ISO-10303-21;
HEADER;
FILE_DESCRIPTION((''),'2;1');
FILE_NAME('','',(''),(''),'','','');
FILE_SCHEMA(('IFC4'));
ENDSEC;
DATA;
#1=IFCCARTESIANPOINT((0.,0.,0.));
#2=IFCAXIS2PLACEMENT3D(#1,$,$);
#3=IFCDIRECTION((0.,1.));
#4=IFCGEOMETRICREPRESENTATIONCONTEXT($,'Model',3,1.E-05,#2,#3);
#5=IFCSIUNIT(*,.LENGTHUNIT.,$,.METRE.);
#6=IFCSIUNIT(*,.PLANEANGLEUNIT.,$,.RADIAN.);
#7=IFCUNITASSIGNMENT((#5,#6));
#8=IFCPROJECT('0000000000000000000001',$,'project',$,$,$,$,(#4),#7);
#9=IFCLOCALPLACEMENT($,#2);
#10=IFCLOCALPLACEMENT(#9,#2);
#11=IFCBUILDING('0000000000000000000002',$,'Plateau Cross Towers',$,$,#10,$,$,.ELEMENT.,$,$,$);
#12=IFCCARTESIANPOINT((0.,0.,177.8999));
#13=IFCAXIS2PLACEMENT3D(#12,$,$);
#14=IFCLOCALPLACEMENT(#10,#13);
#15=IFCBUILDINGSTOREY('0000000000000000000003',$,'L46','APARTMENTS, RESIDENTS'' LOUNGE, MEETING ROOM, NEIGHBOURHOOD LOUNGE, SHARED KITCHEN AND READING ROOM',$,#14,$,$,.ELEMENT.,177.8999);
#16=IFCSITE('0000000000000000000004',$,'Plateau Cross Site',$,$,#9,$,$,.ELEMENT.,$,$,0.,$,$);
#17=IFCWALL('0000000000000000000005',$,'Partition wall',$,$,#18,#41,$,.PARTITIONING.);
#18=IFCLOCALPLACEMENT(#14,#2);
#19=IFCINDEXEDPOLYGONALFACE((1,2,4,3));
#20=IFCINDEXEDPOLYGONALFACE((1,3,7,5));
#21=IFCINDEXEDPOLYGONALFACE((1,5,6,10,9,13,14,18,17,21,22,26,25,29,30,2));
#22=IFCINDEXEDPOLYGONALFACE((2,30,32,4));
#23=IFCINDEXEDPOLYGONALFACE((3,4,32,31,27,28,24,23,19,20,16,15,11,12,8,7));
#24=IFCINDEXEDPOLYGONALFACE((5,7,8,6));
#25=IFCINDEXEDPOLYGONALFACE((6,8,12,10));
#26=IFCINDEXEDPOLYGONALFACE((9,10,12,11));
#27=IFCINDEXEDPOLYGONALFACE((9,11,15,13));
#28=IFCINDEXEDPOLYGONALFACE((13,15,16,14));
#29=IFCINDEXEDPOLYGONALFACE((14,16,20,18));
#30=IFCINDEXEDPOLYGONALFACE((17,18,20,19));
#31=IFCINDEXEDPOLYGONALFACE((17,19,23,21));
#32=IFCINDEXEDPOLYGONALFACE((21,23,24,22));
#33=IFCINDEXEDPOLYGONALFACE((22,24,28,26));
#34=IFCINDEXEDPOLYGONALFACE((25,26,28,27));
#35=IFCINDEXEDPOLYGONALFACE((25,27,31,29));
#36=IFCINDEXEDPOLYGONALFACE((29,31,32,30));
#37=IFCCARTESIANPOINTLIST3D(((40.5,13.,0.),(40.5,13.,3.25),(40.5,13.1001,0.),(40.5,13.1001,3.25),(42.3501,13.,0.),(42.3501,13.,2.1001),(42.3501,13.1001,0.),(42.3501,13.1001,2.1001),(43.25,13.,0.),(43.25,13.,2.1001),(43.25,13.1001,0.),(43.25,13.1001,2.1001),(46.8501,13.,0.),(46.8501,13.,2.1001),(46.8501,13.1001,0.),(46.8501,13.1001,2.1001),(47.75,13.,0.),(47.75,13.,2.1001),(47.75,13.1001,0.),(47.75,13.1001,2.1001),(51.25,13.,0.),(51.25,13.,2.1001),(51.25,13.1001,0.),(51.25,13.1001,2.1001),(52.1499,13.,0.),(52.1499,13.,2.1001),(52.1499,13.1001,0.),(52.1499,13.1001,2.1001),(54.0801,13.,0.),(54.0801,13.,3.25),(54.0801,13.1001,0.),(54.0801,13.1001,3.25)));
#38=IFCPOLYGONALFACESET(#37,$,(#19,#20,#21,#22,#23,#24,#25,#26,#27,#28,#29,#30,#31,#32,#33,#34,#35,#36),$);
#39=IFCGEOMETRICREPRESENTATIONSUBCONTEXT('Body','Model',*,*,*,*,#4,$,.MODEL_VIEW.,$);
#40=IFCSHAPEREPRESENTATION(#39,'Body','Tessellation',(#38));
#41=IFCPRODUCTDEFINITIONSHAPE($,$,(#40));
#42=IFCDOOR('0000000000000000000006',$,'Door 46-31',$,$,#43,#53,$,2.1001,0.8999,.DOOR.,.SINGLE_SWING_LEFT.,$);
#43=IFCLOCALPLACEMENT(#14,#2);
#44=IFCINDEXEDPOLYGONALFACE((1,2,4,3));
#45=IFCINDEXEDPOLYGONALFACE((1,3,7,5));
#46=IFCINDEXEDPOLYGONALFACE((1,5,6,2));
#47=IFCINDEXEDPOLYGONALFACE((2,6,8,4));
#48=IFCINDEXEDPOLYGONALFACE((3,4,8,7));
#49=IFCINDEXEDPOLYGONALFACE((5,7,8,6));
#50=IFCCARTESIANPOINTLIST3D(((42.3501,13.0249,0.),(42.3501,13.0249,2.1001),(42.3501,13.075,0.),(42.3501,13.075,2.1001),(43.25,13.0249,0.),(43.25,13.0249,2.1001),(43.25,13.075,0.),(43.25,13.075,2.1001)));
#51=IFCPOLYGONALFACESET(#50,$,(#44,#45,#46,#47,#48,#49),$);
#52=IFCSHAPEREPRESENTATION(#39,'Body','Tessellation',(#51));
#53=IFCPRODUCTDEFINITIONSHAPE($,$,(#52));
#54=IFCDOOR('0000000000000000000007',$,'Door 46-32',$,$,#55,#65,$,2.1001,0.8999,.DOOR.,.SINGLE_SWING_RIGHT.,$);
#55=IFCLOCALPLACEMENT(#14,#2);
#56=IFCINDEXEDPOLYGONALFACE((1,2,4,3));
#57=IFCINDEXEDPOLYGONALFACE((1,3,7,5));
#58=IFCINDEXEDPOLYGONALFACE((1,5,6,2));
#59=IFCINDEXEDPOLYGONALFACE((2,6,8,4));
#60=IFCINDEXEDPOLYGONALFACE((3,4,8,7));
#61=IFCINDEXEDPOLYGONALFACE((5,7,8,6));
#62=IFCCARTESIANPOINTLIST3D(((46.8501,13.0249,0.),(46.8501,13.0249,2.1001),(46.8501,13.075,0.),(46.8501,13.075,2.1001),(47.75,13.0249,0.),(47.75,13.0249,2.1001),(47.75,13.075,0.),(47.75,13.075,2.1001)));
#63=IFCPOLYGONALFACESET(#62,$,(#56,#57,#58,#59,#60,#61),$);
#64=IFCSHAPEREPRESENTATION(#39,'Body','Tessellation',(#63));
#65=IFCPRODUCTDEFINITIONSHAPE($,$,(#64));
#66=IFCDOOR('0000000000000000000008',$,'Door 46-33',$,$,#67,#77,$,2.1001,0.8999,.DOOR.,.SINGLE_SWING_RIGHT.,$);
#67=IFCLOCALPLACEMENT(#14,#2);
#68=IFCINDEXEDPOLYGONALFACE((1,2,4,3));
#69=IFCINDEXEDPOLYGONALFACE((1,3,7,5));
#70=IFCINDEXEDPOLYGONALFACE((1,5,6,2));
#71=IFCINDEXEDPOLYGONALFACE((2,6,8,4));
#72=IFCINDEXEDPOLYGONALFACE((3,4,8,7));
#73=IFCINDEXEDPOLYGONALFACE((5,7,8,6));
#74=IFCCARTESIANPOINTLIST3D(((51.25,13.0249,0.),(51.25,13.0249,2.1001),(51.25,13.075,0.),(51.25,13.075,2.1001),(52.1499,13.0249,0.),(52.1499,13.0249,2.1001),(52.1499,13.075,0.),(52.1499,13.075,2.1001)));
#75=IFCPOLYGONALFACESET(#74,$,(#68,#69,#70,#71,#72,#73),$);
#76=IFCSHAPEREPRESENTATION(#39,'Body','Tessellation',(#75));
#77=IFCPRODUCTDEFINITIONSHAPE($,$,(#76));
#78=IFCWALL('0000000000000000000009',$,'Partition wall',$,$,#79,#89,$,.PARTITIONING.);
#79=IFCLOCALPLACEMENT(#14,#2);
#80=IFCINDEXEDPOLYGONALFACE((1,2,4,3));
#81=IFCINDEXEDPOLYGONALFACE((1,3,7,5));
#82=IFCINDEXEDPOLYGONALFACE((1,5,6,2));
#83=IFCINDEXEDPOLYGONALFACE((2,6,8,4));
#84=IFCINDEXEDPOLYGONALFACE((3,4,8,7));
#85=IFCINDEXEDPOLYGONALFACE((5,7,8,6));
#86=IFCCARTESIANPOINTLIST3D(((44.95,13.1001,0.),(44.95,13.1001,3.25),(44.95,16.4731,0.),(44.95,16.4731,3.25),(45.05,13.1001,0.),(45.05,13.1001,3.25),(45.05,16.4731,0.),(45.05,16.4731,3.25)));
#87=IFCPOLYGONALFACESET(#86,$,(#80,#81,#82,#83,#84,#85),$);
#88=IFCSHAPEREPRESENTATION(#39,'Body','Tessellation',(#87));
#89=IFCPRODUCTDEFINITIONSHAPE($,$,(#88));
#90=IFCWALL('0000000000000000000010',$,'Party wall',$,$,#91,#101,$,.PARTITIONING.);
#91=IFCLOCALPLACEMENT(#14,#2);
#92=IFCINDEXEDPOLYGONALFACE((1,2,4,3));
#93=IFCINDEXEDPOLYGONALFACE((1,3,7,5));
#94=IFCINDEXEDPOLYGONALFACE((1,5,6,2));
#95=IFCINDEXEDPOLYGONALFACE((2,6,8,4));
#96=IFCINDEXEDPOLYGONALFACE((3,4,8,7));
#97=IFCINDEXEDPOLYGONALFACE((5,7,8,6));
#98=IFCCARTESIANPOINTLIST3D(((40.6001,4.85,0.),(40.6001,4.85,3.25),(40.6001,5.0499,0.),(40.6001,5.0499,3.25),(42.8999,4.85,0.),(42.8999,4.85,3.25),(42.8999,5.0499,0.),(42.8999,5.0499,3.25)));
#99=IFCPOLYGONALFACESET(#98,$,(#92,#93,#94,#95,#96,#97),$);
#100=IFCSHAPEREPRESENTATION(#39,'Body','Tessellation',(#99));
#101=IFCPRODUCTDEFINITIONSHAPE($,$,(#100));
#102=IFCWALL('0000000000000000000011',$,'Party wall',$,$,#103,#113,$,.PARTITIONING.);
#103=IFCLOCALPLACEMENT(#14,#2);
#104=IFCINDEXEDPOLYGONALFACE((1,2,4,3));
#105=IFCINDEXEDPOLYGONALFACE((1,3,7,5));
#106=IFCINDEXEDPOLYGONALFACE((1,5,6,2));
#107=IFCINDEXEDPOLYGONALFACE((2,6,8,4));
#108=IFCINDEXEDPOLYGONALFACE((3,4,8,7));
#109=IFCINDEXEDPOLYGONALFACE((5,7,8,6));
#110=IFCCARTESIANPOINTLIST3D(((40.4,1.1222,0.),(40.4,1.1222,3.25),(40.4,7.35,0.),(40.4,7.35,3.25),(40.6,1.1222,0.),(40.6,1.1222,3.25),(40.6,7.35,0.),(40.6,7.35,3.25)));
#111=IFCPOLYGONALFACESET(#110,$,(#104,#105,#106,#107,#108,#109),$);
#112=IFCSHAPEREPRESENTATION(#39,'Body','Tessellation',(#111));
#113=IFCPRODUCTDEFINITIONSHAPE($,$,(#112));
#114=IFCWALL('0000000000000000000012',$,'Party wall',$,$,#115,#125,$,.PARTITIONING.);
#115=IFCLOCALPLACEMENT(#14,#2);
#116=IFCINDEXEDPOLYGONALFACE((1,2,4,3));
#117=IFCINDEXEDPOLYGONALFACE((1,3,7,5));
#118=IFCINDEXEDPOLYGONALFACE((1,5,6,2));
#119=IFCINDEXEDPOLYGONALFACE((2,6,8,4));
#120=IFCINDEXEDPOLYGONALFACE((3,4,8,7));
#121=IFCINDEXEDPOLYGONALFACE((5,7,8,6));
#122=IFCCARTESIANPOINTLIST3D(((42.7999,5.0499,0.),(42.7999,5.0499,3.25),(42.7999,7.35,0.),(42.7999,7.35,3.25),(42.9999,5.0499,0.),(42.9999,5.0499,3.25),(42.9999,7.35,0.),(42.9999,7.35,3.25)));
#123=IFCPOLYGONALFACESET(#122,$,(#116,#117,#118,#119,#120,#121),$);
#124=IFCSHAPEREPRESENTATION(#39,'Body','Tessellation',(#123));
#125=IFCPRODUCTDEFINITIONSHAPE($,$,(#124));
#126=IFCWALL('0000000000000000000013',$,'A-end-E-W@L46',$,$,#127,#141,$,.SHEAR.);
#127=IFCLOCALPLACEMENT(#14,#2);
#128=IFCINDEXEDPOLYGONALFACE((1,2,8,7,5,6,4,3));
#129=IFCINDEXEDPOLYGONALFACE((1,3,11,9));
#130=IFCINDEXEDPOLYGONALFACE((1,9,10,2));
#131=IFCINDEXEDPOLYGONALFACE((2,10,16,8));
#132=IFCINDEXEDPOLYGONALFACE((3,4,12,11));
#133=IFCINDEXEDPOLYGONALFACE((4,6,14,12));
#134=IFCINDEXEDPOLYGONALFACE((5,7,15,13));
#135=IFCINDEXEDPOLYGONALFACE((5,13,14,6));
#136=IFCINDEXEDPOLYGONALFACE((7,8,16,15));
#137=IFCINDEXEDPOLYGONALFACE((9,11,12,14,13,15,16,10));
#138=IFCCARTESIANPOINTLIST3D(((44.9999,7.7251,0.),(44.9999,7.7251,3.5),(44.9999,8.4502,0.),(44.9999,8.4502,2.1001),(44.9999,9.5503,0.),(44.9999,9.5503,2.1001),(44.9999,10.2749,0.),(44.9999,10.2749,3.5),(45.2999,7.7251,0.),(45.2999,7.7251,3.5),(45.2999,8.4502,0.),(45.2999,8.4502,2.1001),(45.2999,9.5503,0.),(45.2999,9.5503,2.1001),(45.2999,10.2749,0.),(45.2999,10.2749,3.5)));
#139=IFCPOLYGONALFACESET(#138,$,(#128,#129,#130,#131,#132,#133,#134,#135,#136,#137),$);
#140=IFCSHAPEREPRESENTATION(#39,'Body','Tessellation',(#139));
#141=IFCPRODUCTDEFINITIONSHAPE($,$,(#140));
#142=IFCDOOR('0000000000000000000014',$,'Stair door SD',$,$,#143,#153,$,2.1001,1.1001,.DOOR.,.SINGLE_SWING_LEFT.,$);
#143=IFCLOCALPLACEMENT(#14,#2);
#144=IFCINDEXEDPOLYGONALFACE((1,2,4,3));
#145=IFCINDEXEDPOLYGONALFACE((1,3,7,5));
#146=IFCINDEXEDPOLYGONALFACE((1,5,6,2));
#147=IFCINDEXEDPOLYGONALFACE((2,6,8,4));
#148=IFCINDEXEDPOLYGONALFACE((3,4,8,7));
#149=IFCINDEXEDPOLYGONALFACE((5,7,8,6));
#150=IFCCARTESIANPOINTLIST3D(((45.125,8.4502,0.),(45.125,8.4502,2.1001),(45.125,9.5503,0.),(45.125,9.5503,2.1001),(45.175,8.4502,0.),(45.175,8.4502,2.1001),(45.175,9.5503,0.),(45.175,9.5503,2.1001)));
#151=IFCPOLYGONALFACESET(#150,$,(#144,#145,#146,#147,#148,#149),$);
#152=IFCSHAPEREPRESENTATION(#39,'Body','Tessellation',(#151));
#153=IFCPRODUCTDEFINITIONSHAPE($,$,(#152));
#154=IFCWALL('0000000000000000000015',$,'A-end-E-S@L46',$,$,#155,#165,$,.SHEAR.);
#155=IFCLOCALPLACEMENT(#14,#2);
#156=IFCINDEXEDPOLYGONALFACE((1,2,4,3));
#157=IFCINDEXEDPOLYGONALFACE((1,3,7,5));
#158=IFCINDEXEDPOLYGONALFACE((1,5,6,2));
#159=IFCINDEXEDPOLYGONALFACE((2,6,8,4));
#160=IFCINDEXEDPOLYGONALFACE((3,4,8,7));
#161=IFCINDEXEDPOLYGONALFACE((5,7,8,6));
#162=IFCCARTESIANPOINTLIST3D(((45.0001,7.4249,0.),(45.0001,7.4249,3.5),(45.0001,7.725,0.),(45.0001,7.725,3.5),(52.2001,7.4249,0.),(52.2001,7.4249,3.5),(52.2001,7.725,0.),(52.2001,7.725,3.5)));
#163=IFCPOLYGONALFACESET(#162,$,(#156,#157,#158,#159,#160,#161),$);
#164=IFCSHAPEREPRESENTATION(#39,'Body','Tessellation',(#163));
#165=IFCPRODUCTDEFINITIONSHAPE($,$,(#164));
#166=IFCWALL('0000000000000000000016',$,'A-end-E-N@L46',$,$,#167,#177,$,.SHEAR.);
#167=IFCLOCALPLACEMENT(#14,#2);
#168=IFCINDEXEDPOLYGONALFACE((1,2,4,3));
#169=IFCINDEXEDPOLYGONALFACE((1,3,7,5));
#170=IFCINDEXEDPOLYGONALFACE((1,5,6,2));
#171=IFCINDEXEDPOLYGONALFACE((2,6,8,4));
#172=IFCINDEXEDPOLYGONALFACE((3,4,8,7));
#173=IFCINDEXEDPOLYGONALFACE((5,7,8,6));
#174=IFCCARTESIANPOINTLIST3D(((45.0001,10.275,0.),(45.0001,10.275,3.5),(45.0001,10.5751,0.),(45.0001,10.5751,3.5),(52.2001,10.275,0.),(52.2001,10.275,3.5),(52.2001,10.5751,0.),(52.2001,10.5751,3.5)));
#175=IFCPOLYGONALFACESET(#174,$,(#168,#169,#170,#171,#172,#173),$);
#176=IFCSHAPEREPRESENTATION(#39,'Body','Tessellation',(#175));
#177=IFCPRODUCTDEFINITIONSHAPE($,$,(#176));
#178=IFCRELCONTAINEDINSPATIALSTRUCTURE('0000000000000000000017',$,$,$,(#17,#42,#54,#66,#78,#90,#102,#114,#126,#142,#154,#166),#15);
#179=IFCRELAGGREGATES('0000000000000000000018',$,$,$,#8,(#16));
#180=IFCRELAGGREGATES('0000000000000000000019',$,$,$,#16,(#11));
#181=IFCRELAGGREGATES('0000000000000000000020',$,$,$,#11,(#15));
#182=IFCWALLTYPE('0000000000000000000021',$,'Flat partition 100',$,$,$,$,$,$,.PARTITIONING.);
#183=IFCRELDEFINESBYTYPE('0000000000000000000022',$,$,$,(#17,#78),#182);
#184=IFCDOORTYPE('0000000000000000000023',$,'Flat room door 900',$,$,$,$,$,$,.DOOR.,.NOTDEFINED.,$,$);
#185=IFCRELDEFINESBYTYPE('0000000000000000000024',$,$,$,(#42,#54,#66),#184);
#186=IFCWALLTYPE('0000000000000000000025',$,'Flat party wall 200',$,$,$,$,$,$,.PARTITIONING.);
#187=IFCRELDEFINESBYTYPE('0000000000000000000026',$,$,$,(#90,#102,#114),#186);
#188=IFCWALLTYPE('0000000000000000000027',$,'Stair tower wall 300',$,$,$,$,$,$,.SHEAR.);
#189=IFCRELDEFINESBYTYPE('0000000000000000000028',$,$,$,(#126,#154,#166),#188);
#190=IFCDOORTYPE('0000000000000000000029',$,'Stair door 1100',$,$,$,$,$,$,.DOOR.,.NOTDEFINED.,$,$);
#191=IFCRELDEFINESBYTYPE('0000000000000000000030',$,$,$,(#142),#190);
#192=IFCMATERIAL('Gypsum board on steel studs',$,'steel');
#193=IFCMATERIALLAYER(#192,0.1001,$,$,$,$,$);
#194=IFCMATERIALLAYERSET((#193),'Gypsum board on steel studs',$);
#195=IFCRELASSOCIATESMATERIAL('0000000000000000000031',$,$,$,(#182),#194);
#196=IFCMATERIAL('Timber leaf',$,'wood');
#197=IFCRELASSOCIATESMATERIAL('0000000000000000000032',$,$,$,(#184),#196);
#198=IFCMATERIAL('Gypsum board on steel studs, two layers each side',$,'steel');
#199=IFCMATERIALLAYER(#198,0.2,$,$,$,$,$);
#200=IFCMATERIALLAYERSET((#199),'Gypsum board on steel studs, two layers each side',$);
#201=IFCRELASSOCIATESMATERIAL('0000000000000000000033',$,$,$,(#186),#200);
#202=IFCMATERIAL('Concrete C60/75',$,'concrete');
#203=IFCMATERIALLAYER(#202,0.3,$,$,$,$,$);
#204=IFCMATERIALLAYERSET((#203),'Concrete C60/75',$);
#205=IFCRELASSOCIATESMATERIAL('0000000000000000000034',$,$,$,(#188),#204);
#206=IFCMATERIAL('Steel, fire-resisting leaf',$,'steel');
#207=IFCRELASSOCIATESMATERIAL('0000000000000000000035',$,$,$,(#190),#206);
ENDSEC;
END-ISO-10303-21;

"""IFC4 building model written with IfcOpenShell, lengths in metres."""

from ifc_helpers import new_model, si_unit, direction, frame, frame_2d, origin, place, context, subcontext, project, spatial, rectangle, extrude, material, layer, layer_set, type_object, element, fill, save


model = new_model("IFC4")

# Units and contexts
model_context = context("Model", 3, precision=1e-05, world=origin(), true_north=direction((0.0, 1.0)))
body_context = subcontext(model_context, "Body", "Model", "MODEL_VIEW")
ifc_project = project(units=[si_unit("LENGTHUNIT", "METRE"), si_unit("PLANEANGLEUNIT", "RADIAN")], contexts=[model_context])

# Site, building, storey
site_placement = place(None, origin())
site = spatial("IfcSite", under=ifc_project, at=site_placement, Name="Plateau Cross Site", CompositionType="ELEMENT", RefElevation=0.0)
building_placement = place(site_placement, origin())
building = spatial("IfcBuilding", under=site, at=building_placement, Name="Plateau Cross Towers", CompositionType="ELEMENT")
storey_placement = place(building_placement, frame((0.0, 0.0, 177.8999)))
storey = spatial("IfcBuildingStorey", under=building, at=storey_placement, Name="L46", Description="APARTMENTS, RESIDENTS' LOUNGE, MEETING ROOM, NEIGHBOURHOOD LOUNGE, SHARED KITCHEN AND READING ROOM", CompositionType="ELEMENT", Elevation=177.8999)

# Shared definitions
ifc_material_1 = material(Name="Gypsum board on steel studs", Category="steel")
ifc_layer_1 = layer(ifc_material_1, 0.1001)
ifc_layer_set_1 = layer_set([ifc_layer_1], Name="Gypsum board on steel studs")
wall_type_1 = type_object("IfcWallType", Name="Flat partition 100", PredefinedType="PARTITIONING", material=ifc_layer_set_1)
ifc_material_2 = material(Name="Timber leaf", Category="wood")
door_type_1 = type_object("IfcDoorType", Name="Flat room door 900", OperationType="NOTDEFINED", PredefinedType="DOOR", material=ifc_material_2)

# Wall, openings, doors
wall_1_placement = place(storey_placement, frame((40.5, 13.05, 0.0), z_axis=(0.0, 0.0, 1.0), x_axis=(1.0, 0.0, 0.0)))
wall_1 = element("IfcWall", 1, at=wall_1_placement, inside=storey, type_object=wall_type_1, Name="Partition wall", PredefinedType="PARTITIONING", context=body_context, shape_type="SweptSolid", body=[
    extrude(rectangle(XDim=13.5801, YDim=0.1001, at=frame_2d((6.79, 0.0))), origin(), (0.0, 0.0, 1.0), 3.25),
])
opening_1_placement = place(wall_1_placement, frame((1.8501, 0.0, 0.0)))
opening_1 = element("IfcOpeningElement", 2, at=opening_1_placement, cuts=wall_1, PredefinedType="OPENING", context=body_context, shape_type="SweptSolid", body=[
    extrude(rectangle(XDim=0.8999, YDim=2.1001, at=frame_2d((0.45, 1.05))), frame((0.0, 0.0601, 0.0), z_axis=(0.0, -1.0, 0.0), x_axis=(1.0, 0.0, 0.0)), (0.0, 0.0, 1.0), 0.1201),
])
opening_2_placement = place(wall_1_placement, frame((6.3501, 0.0, 0.0)))
opening_2 = element("IfcOpeningElement", 3, at=opening_2_placement, cuts=wall_1, PredefinedType="OPENING", context=body_context, shape_type="SweptSolid", body=[
    extrude(rectangle(XDim=0.8999, YDim=2.1001, at=frame_2d((0.45, 1.05))), frame((0.0, 0.0601, 0.0), z_axis=(0.0, -1.0, 0.0), x_axis=(1.0, 0.0, 0.0)), (0.0, 0.0, 1.0), 0.1201),
])
opening_3_placement = place(wall_1_placement, frame((10.75, 0.0, 0.0)))
opening_3 = element("IfcOpeningElement", 4, at=opening_3_placement, cuts=wall_1, PredefinedType="OPENING", context=body_context, shape_type="SweptSolid", body=[
    extrude(rectangle(XDim=0.8999, YDim=2.1001, at=frame_2d((0.45, 1.05))), frame((0.0, 0.0601, 0.0), z_axis=(0.0, -1.0, 0.0), x_axis=(1.0, 0.0, 0.0)), (0.0, 0.0, 1.0), 0.1201),
])
door_1_placement = place(opening_1_placement, origin())
door_1 = element("IfcDoor", 5, at=door_1_placement, inside=storey, type_object=door_type_1, Name="Door 46-31", OperationType="SINGLE_SWING_LEFT", OverallHeight=2.1001, OverallWidth=0.8999, PredefinedType="DOOR", context=body_context, shape_type="SweptSolid", body=[
    extrude(rectangle(XDim=0.8999, YDim=2.1001, at=frame_2d((0.45, 1.05))), frame((0.0, 0.0249, 0.0), z_axis=(0.0, -1.0, 0.0), x_axis=(1.0, 0.0, 0.0)), (0.0, 0.0, 1.0), 0.05),
])
fill(opening_1, door_1)
door_2_placement = place(opening_2_placement, origin())
door_2 = element("IfcDoor", 6, at=door_2_placement, inside=storey, type_object=door_type_1, Name="Door 46-32", OperationType="SINGLE_SWING_RIGHT", OverallHeight=2.1001, OverallWidth=0.8999, PredefinedType="DOOR", context=body_context, shape_type="SweptSolid", body=[
    extrude(rectangle(XDim=0.8999, YDim=2.1001, at=frame_2d((0.45, 1.05))), frame((0.0, 0.0249, 0.0), z_axis=(0.0, -1.0, 0.0), x_axis=(1.0, 0.0, 0.0)), (0.0, 0.0, 1.0), 0.05),
])
fill(opening_2, door_2)
door_3_placement = place(opening_3_placement, origin())
door_3 = element("IfcDoor", 7, at=door_3_placement, inside=storey, type_object=door_type_1, Name="Door 46-33", OperationType="SINGLE_SWING_RIGHT", OverallHeight=2.1001, OverallWidth=0.8999, PredefinedType="DOOR", context=body_context, shape_type="SweptSolid", body=[
    extrude(rectangle(XDim=0.8999, YDim=2.1001, at=frame_2d((0.45, 1.05))), frame((0.0, 0.0249, 0.0), z_axis=(0.0, -1.0, 0.0), x_axis=(1.0, 0.0, 0.0)), (0.0, 0.0, 1.0), 0.05),
])
fill(opening_3, door_3)

# Walls
wall_2_placement = place(storey_placement, frame((45.0, 13.1001, 0.0), z_axis=(0.0, 0.0, 1.0), x_axis=(0.0, 1.0, 0.0)))
element("IfcWall", 8, at=wall_2_placement, inside=storey, type_object=wall_type_1, Name="Partition wall", PredefinedType="PARTITIONING", context=body_context, shape_type="SweptSolid", body=[
    extrude(rectangle(XDim=3.373, YDim=0.1001, at=frame_2d((1.6865, 0.0))), origin(), (0.0, 0.0, 1.0), 3.25),
])
ifc_material_3 = material(Name="Gypsum board on steel studs, two layers each side", Category="steel")
ifc_layer_2 = layer(ifc_material_3, 0.2)
ifc_layer_set_2 = layer_set([ifc_layer_2], Name="Gypsum board on steel studs, two layers each side")
wall_type_2 = type_object("IfcWallType", Name="Flat party wall 200", PredefinedType="PARTITIONING", material=ifc_layer_set_2)
wall_3_placement = place(storey_placement, frame((40.6001, 4.95, 0.0), z_axis=(0.0, 0.0, 1.0), x_axis=(1.0, 0.0, 0.0)))
element("IfcWall", 9, at=wall_3_placement, inside=storey, type_object=wall_type_2, Name="Party wall", PredefinedType="PARTITIONING", context=body_context, shape_type="SweptSolid", body=[
    extrude(rectangle(XDim=2.2998, YDim=0.2, at=frame_2d((1.1499, 0.0))), origin(), (0.0, 0.0, 1.0), 3.25),
])
wall_4_placement = place(storey_placement, frame((40.5, 1.1223, 0.0), z_axis=(0.0, 0.0, 1.0), x_axis=(0.0, 1.0, 0.0)))
element("IfcWall", 10, at=wall_4_placement, inside=storey, type_object=wall_type_2, Name="Party wall", PredefinedType="PARTITIONING", context=body_context, shape_type="SweptSolid", body=[
    extrude(rectangle(XDim=6.2278, YDim=0.2, at=frame_2d((3.1138, 0.0))), origin(), (0.0, 0.0, 1.0), 3.25),
])
wall_5_placement = place(storey_placement, frame((42.8999, 5.05, 0.0), z_axis=(0.0, 0.0, 1.0), x_axis=(0.0, 1.0, 0.0)))
element("IfcWall", 11, at=wall_5_placement, inside=storey, type_object=wall_type_2, Name="Party wall", PredefinedType="PARTITIONING", context=body_context, shape_type="SweptSolid", body=[
    extrude(rectangle(XDim=2.3, YDim=0.2, at=frame_2d((1.1499, 0.0))), origin(), (0.0, 0.0, 1.0), 3.25),
])

# Wall, opening, door
ifc_material_4 = material(Name="Concrete C60/75", Category="concrete")
ifc_layer_3 = layer(ifc_material_4, 0.3)
ifc_layer_set_3 = layer_set([ifc_layer_3], Name="Concrete C60/75")
wall_type_3 = type_object("IfcWallType", Name="Stair tower wall 300", PredefinedType="SHEAR", material=ifc_layer_set_3)
wall_6_placement = place(storey_placement, frame((45.1499, 7.7251, 0.0), z_axis=(0.0, 0.0, 1.0), x_axis=(0.0, 1.0, 0.0)))
wall_6 = element("IfcWall", 12, at=wall_6_placement, inside=storey, type_object=wall_type_3, Name="A-end-E-W@L46", PredefinedType="SHEAR", context=body_context, shape_type="SweptSolid", body=[
    extrude(rectangle(XDim=2.5498, YDim=0.3, at=frame_2d((1.2749, 0.0))), origin(), (0.0, 0.0, 1.0), 3.5),
])
opening_4_placement = place(wall_6_placement, frame((0.7251, 0.0, 0.0)))
opening_4 = element("IfcOpeningElement", 13, at=opening_4_placement, cuts=wall_6, PredefinedType="OPENING", context=body_context, shape_type="SweptSolid", body=[
    extrude(rectangle(XDim=1.1001, YDim=2.1001, at=frame_2d((0.55, 1.05))), frame((0.0, 0.1599, 0.0), z_axis=(0.0, -1.0, 0.0), x_axis=(1.0, 0.0, 0.0)), (0.0, 0.0, 1.0), 0.3201),
])
ifc_material_5 = material(Name="Steel, fire-resisting leaf", Category="steel")
door_type_2 = type_object("IfcDoorType", Name="Stair door 1100", OperationType="NOTDEFINED", PredefinedType="DOOR", material=ifc_material_5)
door_4_placement = place(opening_4_placement, origin())
door_4 = element("IfcDoor", 14, at=door_4_placement, inside=storey, type_object=door_type_2, Name="Stair door SD", OperationType="SINGLE_SWING_LEFT", OverallHeight=2.1001, OverallWidth=1.1001, PredefinedType="DOOR", context=body_context, shape_type="SweptSolid", body=[
    extrude(rectangle(XDim=1.1001, YDim=2.1001, at=frame_2d((0.55, 1.05))), frame((0.0, 0.0249, 0.0), z_axis=(0.0, -1.0, 0.0), x_axis=(1.0, 0.0, 0.0)), (0.0, 0.0, 1.0), 0.05),
])
fill(opening_4, door_4)

# Walls
for number, where, z_axis, x_axis, name in (
    (15, (45.0, 7.575, 0.0), (0.0, 0.0, 1.0), (1.0, 0.0, 0.0), "A-end-E-S@L46"),
    (16, (45.0, 10.425, 0.0), (0.0, 0.0, 1.0), (1.0, 0.0, 0.0), "A-end-E-N@L46"),
):
    element("IfcWall", number, at=place(storey_placement, frame(where, z_axis=z_axis, x_axis=x_axis)), inside=storey, type_object=wall_type_3, Name=name, PredefinedType="SHEAR", context=body_context, shape_type="SweptSolid", body=[
        extrude(rectangle(XDim=7.2, YDim=0.3, at=frame_2d((3.6001, 0.0))), origin(), (0.0, 0.0, 1.0), 3.5),
    ])

save(model, "model.ifc")
